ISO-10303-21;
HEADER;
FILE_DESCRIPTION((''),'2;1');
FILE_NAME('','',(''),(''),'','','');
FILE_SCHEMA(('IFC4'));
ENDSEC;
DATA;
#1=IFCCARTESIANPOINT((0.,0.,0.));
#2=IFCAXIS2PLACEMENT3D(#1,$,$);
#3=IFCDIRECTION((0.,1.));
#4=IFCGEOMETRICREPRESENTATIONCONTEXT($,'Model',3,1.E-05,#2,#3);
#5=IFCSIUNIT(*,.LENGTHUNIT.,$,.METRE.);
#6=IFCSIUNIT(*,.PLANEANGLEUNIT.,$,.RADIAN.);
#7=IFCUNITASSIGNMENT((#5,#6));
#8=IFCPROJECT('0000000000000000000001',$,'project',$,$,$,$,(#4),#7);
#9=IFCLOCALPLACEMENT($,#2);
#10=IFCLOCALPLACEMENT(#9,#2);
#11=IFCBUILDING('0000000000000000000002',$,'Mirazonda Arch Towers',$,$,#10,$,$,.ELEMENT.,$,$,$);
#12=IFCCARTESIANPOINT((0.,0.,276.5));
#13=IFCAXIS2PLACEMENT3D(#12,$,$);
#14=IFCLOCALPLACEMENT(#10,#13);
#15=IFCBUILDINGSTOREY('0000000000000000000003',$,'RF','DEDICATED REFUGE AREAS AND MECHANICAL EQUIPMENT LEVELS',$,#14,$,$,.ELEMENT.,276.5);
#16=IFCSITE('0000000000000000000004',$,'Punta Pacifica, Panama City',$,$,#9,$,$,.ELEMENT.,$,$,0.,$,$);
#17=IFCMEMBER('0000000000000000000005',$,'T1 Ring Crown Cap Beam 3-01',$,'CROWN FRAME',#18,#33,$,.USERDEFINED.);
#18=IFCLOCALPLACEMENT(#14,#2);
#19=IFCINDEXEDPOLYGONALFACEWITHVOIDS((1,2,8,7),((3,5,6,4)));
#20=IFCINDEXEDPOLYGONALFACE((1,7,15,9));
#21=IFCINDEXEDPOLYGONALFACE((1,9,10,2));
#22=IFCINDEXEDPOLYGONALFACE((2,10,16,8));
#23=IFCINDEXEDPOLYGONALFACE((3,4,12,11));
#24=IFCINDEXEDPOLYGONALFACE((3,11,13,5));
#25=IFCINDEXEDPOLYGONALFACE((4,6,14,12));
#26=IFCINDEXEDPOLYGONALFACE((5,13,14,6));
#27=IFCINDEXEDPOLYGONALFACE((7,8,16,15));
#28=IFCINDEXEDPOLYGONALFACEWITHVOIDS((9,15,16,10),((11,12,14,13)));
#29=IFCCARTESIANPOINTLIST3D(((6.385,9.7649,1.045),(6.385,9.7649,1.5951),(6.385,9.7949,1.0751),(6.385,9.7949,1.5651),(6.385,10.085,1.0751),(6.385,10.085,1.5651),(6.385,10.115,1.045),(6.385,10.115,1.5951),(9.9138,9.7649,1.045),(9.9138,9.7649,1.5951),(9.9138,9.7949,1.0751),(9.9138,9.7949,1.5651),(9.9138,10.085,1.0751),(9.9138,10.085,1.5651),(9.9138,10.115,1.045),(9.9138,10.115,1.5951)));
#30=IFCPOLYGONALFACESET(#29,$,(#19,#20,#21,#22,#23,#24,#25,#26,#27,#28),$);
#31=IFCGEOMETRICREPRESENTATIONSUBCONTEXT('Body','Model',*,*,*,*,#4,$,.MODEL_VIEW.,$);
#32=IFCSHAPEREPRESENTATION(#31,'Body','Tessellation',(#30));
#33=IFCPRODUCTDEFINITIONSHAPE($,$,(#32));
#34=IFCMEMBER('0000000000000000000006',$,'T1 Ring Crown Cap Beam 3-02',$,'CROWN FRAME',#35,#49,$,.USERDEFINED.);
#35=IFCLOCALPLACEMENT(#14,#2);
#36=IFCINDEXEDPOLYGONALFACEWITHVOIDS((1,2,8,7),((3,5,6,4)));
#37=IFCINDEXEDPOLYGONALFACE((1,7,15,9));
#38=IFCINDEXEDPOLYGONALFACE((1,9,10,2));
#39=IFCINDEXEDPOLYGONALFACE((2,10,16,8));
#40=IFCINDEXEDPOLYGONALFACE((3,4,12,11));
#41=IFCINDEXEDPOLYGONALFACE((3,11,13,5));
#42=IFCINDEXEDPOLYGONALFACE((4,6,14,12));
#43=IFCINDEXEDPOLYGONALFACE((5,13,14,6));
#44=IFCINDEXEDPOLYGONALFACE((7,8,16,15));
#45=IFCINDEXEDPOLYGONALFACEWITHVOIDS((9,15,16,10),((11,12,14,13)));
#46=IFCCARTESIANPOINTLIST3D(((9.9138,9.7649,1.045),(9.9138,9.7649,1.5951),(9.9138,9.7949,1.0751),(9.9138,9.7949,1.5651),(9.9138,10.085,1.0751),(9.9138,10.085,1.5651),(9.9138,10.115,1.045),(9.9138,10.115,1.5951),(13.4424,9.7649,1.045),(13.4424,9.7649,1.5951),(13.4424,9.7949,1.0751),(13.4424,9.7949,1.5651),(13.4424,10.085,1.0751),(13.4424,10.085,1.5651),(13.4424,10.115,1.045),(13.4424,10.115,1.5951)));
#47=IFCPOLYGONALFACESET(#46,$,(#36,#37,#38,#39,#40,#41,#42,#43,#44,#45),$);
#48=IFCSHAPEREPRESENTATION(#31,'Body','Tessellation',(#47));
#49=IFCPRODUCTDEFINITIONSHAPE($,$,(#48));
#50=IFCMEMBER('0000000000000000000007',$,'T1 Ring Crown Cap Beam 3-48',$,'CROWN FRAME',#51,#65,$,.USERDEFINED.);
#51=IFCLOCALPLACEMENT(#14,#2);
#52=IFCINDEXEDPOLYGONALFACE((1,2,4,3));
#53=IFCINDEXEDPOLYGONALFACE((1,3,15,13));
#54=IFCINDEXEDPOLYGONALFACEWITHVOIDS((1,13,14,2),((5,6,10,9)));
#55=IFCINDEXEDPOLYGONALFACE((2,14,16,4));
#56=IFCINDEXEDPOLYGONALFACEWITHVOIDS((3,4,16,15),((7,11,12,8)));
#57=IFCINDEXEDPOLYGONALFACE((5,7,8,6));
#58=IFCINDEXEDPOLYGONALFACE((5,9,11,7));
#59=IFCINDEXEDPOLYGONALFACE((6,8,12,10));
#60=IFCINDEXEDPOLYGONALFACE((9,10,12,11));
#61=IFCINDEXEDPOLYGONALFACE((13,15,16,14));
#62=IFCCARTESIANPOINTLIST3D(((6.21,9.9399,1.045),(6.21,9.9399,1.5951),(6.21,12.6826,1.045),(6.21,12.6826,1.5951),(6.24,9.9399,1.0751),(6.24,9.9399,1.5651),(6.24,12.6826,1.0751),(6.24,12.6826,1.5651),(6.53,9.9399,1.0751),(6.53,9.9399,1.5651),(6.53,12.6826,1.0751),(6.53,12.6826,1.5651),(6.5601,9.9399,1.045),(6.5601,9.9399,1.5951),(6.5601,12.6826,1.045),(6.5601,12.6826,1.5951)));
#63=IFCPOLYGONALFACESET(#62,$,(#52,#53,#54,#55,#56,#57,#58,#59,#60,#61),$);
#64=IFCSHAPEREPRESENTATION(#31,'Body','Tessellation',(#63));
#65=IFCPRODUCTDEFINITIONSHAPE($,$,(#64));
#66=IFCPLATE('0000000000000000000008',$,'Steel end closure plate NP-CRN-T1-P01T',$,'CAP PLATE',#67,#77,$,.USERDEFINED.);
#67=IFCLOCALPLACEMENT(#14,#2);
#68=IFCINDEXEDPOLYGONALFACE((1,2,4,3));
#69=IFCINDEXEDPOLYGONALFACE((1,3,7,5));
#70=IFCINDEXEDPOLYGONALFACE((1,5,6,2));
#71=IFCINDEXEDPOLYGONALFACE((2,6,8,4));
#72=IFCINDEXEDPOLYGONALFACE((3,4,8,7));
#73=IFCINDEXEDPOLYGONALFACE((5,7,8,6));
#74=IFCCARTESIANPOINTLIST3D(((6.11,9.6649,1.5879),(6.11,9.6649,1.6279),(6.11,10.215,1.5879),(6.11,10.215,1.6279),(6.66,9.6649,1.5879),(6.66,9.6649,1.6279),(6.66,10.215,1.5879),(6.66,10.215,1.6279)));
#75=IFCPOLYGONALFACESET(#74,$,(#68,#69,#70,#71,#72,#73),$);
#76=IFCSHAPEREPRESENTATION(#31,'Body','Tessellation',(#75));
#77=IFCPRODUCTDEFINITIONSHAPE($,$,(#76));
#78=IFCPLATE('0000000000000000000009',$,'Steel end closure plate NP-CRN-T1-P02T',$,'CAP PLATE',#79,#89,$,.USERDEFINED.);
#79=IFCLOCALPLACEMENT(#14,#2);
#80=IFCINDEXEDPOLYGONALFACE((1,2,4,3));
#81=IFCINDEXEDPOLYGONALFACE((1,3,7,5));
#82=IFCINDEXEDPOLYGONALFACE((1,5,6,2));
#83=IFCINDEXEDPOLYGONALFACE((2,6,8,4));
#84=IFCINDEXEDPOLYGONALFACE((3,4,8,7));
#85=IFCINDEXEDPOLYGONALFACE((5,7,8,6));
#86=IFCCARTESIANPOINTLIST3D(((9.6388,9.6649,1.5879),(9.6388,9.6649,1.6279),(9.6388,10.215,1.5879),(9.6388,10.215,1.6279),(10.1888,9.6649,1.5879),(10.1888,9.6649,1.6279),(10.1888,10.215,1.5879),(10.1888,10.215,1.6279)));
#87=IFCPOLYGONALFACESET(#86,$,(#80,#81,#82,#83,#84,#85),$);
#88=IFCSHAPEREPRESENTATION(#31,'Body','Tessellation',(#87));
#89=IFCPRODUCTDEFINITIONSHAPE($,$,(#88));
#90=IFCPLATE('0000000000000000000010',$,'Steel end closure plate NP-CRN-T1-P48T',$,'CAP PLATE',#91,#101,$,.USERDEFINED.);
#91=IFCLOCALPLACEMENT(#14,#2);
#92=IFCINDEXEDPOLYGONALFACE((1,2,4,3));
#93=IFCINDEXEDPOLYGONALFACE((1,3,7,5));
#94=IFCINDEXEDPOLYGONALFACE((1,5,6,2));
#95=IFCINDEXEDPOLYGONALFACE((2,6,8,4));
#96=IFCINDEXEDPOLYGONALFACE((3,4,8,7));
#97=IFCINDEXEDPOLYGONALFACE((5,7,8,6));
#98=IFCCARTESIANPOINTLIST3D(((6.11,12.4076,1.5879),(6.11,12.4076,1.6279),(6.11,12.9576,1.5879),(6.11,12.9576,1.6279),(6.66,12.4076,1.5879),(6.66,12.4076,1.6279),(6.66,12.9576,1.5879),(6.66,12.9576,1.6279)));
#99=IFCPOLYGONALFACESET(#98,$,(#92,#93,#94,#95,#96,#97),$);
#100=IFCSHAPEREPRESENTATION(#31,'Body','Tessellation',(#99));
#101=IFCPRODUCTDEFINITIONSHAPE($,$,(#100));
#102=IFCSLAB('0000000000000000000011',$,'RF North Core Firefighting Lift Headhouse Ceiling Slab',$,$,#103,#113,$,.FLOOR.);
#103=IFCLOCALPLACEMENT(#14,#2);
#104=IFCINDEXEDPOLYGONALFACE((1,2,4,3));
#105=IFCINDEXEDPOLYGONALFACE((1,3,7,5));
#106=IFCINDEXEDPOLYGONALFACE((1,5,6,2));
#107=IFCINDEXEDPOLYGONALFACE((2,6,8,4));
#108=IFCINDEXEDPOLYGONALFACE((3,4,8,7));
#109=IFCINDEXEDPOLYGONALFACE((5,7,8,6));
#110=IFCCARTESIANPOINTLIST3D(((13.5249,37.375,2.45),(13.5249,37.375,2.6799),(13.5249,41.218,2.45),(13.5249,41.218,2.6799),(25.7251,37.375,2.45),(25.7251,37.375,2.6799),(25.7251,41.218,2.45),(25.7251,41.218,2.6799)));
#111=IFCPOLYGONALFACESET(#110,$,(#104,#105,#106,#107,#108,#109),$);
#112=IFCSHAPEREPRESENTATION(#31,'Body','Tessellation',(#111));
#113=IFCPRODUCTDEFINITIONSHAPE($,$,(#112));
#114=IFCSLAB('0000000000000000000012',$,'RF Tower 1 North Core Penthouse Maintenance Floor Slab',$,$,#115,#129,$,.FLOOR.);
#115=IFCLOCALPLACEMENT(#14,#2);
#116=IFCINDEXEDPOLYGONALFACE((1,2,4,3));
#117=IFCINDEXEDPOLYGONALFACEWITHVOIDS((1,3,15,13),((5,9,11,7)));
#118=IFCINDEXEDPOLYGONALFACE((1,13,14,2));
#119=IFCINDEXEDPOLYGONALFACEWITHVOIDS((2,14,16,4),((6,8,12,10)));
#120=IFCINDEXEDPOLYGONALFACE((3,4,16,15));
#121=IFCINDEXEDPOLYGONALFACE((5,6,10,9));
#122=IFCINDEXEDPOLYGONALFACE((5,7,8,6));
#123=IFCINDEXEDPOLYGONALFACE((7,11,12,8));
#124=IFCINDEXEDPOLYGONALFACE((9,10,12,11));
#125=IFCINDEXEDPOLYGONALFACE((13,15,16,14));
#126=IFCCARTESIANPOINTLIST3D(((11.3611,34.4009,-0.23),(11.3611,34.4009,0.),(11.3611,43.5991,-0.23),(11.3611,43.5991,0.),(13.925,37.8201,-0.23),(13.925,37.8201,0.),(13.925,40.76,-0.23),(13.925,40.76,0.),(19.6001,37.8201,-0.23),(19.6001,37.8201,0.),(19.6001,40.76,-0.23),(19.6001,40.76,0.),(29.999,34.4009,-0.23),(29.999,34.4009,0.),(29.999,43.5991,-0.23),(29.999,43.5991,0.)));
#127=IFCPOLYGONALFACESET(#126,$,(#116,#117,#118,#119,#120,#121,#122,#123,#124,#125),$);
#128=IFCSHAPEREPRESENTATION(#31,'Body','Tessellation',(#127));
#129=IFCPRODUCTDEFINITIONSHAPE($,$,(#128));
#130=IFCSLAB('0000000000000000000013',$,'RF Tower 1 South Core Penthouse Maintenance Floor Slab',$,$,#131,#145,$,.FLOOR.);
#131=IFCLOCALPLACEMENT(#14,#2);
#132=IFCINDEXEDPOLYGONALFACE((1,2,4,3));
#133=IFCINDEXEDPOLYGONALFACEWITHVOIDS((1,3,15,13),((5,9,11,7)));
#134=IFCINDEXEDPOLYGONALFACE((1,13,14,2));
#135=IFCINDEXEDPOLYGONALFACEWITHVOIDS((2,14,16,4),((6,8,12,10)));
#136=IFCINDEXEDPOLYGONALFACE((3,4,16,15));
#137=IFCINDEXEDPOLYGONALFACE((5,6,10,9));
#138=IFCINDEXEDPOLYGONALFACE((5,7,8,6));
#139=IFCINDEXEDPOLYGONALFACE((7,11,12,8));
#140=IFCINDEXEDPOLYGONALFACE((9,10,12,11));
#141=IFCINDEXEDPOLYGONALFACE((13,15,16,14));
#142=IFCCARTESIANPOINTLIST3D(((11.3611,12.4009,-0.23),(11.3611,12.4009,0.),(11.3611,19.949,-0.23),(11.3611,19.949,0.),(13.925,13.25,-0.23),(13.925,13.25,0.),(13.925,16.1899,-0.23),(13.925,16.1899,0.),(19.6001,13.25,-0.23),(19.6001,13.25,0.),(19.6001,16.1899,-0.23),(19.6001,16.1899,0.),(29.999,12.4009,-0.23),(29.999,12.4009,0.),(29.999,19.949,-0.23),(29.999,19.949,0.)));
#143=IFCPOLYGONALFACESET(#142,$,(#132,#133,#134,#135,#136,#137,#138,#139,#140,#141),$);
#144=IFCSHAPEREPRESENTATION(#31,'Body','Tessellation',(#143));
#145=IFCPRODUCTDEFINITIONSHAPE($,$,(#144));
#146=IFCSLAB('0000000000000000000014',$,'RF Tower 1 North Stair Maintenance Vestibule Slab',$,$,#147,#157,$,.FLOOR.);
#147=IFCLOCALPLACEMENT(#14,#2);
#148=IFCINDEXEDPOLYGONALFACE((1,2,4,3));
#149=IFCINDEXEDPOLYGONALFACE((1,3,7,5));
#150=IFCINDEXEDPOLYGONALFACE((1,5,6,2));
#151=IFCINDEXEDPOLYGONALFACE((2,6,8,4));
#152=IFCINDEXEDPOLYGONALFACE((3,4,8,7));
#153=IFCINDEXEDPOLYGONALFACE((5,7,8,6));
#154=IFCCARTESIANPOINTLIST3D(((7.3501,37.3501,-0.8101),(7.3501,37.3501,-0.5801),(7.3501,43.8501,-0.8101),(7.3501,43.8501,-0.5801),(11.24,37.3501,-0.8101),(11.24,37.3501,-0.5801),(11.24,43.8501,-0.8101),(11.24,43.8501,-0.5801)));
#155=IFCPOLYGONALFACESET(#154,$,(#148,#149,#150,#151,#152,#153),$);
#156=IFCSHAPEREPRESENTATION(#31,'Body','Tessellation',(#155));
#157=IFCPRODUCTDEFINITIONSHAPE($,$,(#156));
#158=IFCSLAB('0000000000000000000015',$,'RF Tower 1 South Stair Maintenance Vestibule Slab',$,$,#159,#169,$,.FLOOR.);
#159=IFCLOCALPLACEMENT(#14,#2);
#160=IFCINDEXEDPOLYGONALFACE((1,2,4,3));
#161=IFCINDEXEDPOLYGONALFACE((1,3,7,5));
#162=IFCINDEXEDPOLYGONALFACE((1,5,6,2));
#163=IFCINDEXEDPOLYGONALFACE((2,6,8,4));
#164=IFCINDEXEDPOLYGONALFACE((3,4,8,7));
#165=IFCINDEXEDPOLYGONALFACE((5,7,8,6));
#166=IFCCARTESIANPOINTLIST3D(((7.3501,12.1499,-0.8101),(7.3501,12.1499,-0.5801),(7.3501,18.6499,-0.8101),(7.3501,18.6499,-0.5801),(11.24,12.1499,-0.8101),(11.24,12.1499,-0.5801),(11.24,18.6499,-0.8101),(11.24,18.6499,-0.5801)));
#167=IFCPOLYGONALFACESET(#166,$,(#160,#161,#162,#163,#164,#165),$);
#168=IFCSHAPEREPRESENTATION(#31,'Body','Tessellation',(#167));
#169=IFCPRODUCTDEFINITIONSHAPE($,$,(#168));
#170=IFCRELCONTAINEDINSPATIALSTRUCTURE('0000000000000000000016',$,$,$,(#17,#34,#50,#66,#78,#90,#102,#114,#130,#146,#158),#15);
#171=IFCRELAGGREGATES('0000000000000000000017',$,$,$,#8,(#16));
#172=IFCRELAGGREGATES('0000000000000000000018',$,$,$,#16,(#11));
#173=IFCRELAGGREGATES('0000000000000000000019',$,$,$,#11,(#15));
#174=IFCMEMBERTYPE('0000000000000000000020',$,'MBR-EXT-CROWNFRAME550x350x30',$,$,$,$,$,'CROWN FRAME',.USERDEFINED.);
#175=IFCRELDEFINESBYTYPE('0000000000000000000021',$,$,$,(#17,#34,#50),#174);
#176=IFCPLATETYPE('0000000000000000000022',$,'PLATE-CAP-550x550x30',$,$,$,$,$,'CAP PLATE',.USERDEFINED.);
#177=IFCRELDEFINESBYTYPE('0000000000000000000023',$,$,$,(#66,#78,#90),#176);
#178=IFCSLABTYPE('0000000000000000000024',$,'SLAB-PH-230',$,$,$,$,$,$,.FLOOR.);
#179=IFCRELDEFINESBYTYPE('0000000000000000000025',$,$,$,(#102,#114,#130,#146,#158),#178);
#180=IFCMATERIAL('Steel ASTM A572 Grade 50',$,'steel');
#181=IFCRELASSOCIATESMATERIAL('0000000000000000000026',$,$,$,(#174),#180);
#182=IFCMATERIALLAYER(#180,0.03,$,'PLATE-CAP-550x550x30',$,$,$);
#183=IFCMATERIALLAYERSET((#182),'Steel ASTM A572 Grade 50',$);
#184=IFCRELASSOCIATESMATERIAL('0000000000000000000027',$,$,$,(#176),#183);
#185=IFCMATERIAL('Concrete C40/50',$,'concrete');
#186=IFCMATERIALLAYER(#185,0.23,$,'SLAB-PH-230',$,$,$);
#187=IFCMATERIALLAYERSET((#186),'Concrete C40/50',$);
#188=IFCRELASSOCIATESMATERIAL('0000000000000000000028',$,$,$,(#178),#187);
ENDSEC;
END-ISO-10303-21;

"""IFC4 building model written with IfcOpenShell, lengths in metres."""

from ifc_helpers import new_model, si_unit, direction, frame, origin, origin_2d, place, context, subcontext, project, spatial, polyline, rectangle, hollow_rectangle, outline, extrude, material, layer, layer_set, material_profile, profile_set, type_object, element, save


model = new_model("IFC4")

# Units and contexts
model_context = context("Model", 3, precision=1e-05, world=origin(), true_north=direction((0.0, 1.0)))
body_context = subcontext(model_context, "Body", "Model", "MODEL_VIEW")
ifc_project = project(units=[si_unit("LENGTHUNIT", "METRE"), si_unit("PLANEANGLEUNIT", "RADIAN")], contexts=[model_context])

# Site, building, storey
site_placement = place(None, origin())
site = spatial("IfcSite", under=ifc_project, at=site_placement, Name="Punta Pacifica, Panama City", CompositionType="ELEMENT", RefElevation=0.0)
building_placement = place(site_placement, origin())
building = spatial("IfcBuilding", under=site, at=building_placement, Name="Mirazonda Arch Towers", CompositionType="ELEMENT")
storey_placement = place(building_placement, frame((0.0, 0.0, 276.5)))
storey = spatial("IfcBuildingStorey", under=building, at=storey_placement, Name="RF", Description="DEDICATED REFUGE AREAS AND MECHANICAL EQUIPMENT LEVELS", CompositionType="ELEMENT", Elevation=276.5)

# Members
ifc_material_1 = material(Name="Steel ASTM A572 Grade 50", Category="steel")
ifc_material_profile = material_profile(ifc_material_1, hollow_rectangle(XDim=0.3501, YDim=0.55, WallThickness=0.03, at=origin_2d()), Name="CROWNFRAME550x350x30")
ifc_profile_set = profile_set([ifc_material_profile], Name="Steel ASTM A572 Grade 50")
member_type = type_object("IfcMemberType", Name="MBR-EXT-CROWNFRAME550x350x30", ElementType="CROWN FRAME", PredefinedType="USERDEFINED", material=ifc_profile_set)
member_1_placement = place(storey_placement, frame((6.385, 9.9399, 1.3201), z_axis=(1.0, 0.0, 0.0), x_axis=(0.0, 1.0, 0.0)))
element("IfcMember", 1, at=member_1_placement, inside=storey, type_object=member_type, Name="T1 Ring Crown Cap Beam 3-01", ObjectType="CROWN FRAME", PredefinedType="USERDEFINED", context=body_context, shape_type="SweptSolid", body=[
    extrude(hollow_rectangle(XDim=0.3501, YDim=0.55, WallThickness=0.03, at=origin_2d()), origin(), (0.0, 0.0, 1.0), 3.5288),
])
member_2_placement = place(storey_placement, frame((9.9138, 9.9399, 1.3201), z_axis=(1.0, 0.0, 0.0), x_axis=(0.0, 1.0, 0.0)))
element("IfcMember", 2, at=member_2_placement, inside=storey, type_object=member_type, Name="T1 Ring Crown Cap Beam 3-02", ObjectType="CROWN FRAME", PredefinedType="USERDEFINED", context=body_context, shape_type="SweptSolid", body=[
    extrude(hollow_rectangle(XDim=0.3501, YDim=0.55, WallThickness=0.03, at=origin_2d()), origin(), (0.0, 0.0, 1.0), 3.5286),
])
member_3_placement = place(storey_placement, frame((6.385, 12.6826, 1.3201), z_axis=(0.0, -1.0, 0.0), x_axis=(1.0, 0.0, 0.0)))
element("IfcMember", 3, at=member_3_placement, inside=storey, type_object=member_type, Name="T1 Ring Crown Cap Beam 3-48", ObjectType="CROWN FRAME", PredefinedType="USERDEFINED", context=body_context, shape_type="SweptSolid", body=[
    extrude(hollow_rectangle(XDim=0.3501, YDim=0.55, WallThickness=0.03, at=origin_2d()), origin(), (0.0, 0.0, 1.0), 2.7427),
])

# Plates
ifc_layer_1 = layer(ifc_material_1, 0.03, Name="PLATE-CAP-550x550x30")
ifc_layer_set_1 = layer_set([ifc_layer_1], Name="Steel ASTM A572 Grade 50")
plate_type = type_object("IfcPlateType", Name="PLATE-CAP-550x550x30", ElementType="CAP PLATE", PredefinedType="USERDEFINED", material=ifc_layer_set_1)
for number, where, z_axis, x_axis, name in (
    (4, (6.385, 9.9399, 1.5879), (0.0, 0.0, 1.0), (1.0, 0.0, 0.0), "Steel end closure plate NP-CRN-T1-P01T"),
    (5, (9.9138, 9.9399, 1.5879), (0.0, 0.0, 1.0), (1.0, 0.0, 0.0), "Steel end closure plate NP-CRN-T1-P02T"),
    (6, (6.385, 12.6826, 1.5879), (0.0, 0.0, 1.0), (1.0, 0.0, 0.0), "Steel end closure plate NP-CRN-T1-P48T"),
):
    element("IfcPlate", number, at=place(storey_placement, frame(where, z_axis=z_axis, x_axis=x_axis)), inside=storey, type_object=plate_type, Name=name, ObjectType="CAP PLATE", PredefinedType="USERDEFINED", context=body_context, shape_type="SweptSolid", body=[
        extrude(rectangle(XDim=0.55, YDim=0.55, at=origin_2d()), origin(), (0.0, 0.0, 1.0), 0.04),
    ])

# Slabs
ifc_material_2 = material(Name="Concrete C40/50", Category="concrete")
ifc_layer_2 = layer(ifc_material_2, 0.23, Name="SLAB-PH-230")
ifc_layer_set_2 = layer_set([ifc_layer_2], Name="Concrete C40/50")
slab_type_1 = type_object("IfcSlabType", Name="SLAB-PH-230", PredefinedType="FLOOR", material=ifc_layer_set_2)
slab_1_placement = place(storey_placement, frame((0.0, 0.0, 2.45)))
element("IfcSlab", 7, at=slab_1_placement, inside=storey, type_object=slab_type_1, Name="RF North Core Firefighting Lift Headhouse Ceiling Slab", PredefinedType="FLOOR", context=body_context, shape_type="SweptSolid", body=[
    extrude(outline(polyline([(13.5249, 37.375), (25.7251, 37.375), (25.7251, 41.218), (13.5249, 41.218), (13.5249, 37.375)])), origin(), (0.0, 0.0, 1.0), 0.23),
])
slab_2_placement = place(storey_placement, frame((0.0, 0.0, -0.23)))
element("IfcSlab", 8, at=slab_2_placement, inside=storey, type_object=slab_type_1, Name="RF Tower 1 North Core Penthouse Maintenance Floor Slab", PredefinedType="FLOOR", context=body_context, shape_type="SweptSolid", body=[
    extrude(outline(polyline([(11.3611, 34.4009), (29.999, 34.4009), (29.999, 43.5991), (11.3611, 43.5991), (11.3611, 34.4009)]), holes=[polyline([(13.925, 40.76), (19.6001, 40.76), (19.6001, 37.8201), (13.925, 37.8201), (13.925, 40.76)])]), origin(), (0.0, 0.0, 1.0), 0.23),
])
slab_3_placement = place(storey_placement, frame((0.0, 0.0, -0.23)))
element("IfcSlab", 9, at=slab_3_placement, inside=storey, type_object=slab_type_1, Name="RF Tower 1 South Core Penthouse Maintenance Floor Slab", PredefinedType="FLOOR", context=body_context, shape_type="SweptSolid", body=[
    extrude(outline(polyline([(11.3611, 12.4009), (29.999, 12.4009), (29.999, 19.949), (11.3611, 19.949), (11.3611, 12.4009)]), holes=[polyline([(13.925, 16.1899), (19.6001, 16.1899), (19.6001, 13.25), (13.925, 13.25), (13.925, 16.1899)])]), origin(), (0.0, 0.0, 1.0), 0.23),
])
slab_4_placement = place(storey_placement, frame((0.0, 0.0, -0.8101)))
element("IfcSlab", 10, at=slab_4_placement, inside=storey, type_object=slab_type_1, Name="RF Tower 1 North Stair Maintenance Vestibule Slab", PredefinedType="FLOOR", context=body_context, shape_type="SweptSolid", body=[
    extrude(outline(polyline([(11.24, 37.3501), (11.24, 43.8501), (7.3501, 43.8501), (7.3501, 37.3501), (11.24, 37.3501)])), origin(), (0.0, 0.0, 1.0), 0.23),
])
slab_5_placement = place(storey_placement, frame((0.0, 0.0, -0.8101)))
element("IfcSlab", 11, at=slab_5_placement, inside=storey, type_object=slab_type_1, Name="RF Tower 1 South Stair Maintenance Vestibule Slab", PredefinedType="FLOOR", context=body_context, shape_type="SweptSolid", body=[
    extrude(outline(polyline([(11.24, 12.1499), (11.24, 18.6499), (7.3501, 18.6499), (7.3501, 12.1499), (11.24, 12.1499)])), origin(), (0.0, 0.0, 1.0), 0.23),
])

save(model, "model.ifc")
